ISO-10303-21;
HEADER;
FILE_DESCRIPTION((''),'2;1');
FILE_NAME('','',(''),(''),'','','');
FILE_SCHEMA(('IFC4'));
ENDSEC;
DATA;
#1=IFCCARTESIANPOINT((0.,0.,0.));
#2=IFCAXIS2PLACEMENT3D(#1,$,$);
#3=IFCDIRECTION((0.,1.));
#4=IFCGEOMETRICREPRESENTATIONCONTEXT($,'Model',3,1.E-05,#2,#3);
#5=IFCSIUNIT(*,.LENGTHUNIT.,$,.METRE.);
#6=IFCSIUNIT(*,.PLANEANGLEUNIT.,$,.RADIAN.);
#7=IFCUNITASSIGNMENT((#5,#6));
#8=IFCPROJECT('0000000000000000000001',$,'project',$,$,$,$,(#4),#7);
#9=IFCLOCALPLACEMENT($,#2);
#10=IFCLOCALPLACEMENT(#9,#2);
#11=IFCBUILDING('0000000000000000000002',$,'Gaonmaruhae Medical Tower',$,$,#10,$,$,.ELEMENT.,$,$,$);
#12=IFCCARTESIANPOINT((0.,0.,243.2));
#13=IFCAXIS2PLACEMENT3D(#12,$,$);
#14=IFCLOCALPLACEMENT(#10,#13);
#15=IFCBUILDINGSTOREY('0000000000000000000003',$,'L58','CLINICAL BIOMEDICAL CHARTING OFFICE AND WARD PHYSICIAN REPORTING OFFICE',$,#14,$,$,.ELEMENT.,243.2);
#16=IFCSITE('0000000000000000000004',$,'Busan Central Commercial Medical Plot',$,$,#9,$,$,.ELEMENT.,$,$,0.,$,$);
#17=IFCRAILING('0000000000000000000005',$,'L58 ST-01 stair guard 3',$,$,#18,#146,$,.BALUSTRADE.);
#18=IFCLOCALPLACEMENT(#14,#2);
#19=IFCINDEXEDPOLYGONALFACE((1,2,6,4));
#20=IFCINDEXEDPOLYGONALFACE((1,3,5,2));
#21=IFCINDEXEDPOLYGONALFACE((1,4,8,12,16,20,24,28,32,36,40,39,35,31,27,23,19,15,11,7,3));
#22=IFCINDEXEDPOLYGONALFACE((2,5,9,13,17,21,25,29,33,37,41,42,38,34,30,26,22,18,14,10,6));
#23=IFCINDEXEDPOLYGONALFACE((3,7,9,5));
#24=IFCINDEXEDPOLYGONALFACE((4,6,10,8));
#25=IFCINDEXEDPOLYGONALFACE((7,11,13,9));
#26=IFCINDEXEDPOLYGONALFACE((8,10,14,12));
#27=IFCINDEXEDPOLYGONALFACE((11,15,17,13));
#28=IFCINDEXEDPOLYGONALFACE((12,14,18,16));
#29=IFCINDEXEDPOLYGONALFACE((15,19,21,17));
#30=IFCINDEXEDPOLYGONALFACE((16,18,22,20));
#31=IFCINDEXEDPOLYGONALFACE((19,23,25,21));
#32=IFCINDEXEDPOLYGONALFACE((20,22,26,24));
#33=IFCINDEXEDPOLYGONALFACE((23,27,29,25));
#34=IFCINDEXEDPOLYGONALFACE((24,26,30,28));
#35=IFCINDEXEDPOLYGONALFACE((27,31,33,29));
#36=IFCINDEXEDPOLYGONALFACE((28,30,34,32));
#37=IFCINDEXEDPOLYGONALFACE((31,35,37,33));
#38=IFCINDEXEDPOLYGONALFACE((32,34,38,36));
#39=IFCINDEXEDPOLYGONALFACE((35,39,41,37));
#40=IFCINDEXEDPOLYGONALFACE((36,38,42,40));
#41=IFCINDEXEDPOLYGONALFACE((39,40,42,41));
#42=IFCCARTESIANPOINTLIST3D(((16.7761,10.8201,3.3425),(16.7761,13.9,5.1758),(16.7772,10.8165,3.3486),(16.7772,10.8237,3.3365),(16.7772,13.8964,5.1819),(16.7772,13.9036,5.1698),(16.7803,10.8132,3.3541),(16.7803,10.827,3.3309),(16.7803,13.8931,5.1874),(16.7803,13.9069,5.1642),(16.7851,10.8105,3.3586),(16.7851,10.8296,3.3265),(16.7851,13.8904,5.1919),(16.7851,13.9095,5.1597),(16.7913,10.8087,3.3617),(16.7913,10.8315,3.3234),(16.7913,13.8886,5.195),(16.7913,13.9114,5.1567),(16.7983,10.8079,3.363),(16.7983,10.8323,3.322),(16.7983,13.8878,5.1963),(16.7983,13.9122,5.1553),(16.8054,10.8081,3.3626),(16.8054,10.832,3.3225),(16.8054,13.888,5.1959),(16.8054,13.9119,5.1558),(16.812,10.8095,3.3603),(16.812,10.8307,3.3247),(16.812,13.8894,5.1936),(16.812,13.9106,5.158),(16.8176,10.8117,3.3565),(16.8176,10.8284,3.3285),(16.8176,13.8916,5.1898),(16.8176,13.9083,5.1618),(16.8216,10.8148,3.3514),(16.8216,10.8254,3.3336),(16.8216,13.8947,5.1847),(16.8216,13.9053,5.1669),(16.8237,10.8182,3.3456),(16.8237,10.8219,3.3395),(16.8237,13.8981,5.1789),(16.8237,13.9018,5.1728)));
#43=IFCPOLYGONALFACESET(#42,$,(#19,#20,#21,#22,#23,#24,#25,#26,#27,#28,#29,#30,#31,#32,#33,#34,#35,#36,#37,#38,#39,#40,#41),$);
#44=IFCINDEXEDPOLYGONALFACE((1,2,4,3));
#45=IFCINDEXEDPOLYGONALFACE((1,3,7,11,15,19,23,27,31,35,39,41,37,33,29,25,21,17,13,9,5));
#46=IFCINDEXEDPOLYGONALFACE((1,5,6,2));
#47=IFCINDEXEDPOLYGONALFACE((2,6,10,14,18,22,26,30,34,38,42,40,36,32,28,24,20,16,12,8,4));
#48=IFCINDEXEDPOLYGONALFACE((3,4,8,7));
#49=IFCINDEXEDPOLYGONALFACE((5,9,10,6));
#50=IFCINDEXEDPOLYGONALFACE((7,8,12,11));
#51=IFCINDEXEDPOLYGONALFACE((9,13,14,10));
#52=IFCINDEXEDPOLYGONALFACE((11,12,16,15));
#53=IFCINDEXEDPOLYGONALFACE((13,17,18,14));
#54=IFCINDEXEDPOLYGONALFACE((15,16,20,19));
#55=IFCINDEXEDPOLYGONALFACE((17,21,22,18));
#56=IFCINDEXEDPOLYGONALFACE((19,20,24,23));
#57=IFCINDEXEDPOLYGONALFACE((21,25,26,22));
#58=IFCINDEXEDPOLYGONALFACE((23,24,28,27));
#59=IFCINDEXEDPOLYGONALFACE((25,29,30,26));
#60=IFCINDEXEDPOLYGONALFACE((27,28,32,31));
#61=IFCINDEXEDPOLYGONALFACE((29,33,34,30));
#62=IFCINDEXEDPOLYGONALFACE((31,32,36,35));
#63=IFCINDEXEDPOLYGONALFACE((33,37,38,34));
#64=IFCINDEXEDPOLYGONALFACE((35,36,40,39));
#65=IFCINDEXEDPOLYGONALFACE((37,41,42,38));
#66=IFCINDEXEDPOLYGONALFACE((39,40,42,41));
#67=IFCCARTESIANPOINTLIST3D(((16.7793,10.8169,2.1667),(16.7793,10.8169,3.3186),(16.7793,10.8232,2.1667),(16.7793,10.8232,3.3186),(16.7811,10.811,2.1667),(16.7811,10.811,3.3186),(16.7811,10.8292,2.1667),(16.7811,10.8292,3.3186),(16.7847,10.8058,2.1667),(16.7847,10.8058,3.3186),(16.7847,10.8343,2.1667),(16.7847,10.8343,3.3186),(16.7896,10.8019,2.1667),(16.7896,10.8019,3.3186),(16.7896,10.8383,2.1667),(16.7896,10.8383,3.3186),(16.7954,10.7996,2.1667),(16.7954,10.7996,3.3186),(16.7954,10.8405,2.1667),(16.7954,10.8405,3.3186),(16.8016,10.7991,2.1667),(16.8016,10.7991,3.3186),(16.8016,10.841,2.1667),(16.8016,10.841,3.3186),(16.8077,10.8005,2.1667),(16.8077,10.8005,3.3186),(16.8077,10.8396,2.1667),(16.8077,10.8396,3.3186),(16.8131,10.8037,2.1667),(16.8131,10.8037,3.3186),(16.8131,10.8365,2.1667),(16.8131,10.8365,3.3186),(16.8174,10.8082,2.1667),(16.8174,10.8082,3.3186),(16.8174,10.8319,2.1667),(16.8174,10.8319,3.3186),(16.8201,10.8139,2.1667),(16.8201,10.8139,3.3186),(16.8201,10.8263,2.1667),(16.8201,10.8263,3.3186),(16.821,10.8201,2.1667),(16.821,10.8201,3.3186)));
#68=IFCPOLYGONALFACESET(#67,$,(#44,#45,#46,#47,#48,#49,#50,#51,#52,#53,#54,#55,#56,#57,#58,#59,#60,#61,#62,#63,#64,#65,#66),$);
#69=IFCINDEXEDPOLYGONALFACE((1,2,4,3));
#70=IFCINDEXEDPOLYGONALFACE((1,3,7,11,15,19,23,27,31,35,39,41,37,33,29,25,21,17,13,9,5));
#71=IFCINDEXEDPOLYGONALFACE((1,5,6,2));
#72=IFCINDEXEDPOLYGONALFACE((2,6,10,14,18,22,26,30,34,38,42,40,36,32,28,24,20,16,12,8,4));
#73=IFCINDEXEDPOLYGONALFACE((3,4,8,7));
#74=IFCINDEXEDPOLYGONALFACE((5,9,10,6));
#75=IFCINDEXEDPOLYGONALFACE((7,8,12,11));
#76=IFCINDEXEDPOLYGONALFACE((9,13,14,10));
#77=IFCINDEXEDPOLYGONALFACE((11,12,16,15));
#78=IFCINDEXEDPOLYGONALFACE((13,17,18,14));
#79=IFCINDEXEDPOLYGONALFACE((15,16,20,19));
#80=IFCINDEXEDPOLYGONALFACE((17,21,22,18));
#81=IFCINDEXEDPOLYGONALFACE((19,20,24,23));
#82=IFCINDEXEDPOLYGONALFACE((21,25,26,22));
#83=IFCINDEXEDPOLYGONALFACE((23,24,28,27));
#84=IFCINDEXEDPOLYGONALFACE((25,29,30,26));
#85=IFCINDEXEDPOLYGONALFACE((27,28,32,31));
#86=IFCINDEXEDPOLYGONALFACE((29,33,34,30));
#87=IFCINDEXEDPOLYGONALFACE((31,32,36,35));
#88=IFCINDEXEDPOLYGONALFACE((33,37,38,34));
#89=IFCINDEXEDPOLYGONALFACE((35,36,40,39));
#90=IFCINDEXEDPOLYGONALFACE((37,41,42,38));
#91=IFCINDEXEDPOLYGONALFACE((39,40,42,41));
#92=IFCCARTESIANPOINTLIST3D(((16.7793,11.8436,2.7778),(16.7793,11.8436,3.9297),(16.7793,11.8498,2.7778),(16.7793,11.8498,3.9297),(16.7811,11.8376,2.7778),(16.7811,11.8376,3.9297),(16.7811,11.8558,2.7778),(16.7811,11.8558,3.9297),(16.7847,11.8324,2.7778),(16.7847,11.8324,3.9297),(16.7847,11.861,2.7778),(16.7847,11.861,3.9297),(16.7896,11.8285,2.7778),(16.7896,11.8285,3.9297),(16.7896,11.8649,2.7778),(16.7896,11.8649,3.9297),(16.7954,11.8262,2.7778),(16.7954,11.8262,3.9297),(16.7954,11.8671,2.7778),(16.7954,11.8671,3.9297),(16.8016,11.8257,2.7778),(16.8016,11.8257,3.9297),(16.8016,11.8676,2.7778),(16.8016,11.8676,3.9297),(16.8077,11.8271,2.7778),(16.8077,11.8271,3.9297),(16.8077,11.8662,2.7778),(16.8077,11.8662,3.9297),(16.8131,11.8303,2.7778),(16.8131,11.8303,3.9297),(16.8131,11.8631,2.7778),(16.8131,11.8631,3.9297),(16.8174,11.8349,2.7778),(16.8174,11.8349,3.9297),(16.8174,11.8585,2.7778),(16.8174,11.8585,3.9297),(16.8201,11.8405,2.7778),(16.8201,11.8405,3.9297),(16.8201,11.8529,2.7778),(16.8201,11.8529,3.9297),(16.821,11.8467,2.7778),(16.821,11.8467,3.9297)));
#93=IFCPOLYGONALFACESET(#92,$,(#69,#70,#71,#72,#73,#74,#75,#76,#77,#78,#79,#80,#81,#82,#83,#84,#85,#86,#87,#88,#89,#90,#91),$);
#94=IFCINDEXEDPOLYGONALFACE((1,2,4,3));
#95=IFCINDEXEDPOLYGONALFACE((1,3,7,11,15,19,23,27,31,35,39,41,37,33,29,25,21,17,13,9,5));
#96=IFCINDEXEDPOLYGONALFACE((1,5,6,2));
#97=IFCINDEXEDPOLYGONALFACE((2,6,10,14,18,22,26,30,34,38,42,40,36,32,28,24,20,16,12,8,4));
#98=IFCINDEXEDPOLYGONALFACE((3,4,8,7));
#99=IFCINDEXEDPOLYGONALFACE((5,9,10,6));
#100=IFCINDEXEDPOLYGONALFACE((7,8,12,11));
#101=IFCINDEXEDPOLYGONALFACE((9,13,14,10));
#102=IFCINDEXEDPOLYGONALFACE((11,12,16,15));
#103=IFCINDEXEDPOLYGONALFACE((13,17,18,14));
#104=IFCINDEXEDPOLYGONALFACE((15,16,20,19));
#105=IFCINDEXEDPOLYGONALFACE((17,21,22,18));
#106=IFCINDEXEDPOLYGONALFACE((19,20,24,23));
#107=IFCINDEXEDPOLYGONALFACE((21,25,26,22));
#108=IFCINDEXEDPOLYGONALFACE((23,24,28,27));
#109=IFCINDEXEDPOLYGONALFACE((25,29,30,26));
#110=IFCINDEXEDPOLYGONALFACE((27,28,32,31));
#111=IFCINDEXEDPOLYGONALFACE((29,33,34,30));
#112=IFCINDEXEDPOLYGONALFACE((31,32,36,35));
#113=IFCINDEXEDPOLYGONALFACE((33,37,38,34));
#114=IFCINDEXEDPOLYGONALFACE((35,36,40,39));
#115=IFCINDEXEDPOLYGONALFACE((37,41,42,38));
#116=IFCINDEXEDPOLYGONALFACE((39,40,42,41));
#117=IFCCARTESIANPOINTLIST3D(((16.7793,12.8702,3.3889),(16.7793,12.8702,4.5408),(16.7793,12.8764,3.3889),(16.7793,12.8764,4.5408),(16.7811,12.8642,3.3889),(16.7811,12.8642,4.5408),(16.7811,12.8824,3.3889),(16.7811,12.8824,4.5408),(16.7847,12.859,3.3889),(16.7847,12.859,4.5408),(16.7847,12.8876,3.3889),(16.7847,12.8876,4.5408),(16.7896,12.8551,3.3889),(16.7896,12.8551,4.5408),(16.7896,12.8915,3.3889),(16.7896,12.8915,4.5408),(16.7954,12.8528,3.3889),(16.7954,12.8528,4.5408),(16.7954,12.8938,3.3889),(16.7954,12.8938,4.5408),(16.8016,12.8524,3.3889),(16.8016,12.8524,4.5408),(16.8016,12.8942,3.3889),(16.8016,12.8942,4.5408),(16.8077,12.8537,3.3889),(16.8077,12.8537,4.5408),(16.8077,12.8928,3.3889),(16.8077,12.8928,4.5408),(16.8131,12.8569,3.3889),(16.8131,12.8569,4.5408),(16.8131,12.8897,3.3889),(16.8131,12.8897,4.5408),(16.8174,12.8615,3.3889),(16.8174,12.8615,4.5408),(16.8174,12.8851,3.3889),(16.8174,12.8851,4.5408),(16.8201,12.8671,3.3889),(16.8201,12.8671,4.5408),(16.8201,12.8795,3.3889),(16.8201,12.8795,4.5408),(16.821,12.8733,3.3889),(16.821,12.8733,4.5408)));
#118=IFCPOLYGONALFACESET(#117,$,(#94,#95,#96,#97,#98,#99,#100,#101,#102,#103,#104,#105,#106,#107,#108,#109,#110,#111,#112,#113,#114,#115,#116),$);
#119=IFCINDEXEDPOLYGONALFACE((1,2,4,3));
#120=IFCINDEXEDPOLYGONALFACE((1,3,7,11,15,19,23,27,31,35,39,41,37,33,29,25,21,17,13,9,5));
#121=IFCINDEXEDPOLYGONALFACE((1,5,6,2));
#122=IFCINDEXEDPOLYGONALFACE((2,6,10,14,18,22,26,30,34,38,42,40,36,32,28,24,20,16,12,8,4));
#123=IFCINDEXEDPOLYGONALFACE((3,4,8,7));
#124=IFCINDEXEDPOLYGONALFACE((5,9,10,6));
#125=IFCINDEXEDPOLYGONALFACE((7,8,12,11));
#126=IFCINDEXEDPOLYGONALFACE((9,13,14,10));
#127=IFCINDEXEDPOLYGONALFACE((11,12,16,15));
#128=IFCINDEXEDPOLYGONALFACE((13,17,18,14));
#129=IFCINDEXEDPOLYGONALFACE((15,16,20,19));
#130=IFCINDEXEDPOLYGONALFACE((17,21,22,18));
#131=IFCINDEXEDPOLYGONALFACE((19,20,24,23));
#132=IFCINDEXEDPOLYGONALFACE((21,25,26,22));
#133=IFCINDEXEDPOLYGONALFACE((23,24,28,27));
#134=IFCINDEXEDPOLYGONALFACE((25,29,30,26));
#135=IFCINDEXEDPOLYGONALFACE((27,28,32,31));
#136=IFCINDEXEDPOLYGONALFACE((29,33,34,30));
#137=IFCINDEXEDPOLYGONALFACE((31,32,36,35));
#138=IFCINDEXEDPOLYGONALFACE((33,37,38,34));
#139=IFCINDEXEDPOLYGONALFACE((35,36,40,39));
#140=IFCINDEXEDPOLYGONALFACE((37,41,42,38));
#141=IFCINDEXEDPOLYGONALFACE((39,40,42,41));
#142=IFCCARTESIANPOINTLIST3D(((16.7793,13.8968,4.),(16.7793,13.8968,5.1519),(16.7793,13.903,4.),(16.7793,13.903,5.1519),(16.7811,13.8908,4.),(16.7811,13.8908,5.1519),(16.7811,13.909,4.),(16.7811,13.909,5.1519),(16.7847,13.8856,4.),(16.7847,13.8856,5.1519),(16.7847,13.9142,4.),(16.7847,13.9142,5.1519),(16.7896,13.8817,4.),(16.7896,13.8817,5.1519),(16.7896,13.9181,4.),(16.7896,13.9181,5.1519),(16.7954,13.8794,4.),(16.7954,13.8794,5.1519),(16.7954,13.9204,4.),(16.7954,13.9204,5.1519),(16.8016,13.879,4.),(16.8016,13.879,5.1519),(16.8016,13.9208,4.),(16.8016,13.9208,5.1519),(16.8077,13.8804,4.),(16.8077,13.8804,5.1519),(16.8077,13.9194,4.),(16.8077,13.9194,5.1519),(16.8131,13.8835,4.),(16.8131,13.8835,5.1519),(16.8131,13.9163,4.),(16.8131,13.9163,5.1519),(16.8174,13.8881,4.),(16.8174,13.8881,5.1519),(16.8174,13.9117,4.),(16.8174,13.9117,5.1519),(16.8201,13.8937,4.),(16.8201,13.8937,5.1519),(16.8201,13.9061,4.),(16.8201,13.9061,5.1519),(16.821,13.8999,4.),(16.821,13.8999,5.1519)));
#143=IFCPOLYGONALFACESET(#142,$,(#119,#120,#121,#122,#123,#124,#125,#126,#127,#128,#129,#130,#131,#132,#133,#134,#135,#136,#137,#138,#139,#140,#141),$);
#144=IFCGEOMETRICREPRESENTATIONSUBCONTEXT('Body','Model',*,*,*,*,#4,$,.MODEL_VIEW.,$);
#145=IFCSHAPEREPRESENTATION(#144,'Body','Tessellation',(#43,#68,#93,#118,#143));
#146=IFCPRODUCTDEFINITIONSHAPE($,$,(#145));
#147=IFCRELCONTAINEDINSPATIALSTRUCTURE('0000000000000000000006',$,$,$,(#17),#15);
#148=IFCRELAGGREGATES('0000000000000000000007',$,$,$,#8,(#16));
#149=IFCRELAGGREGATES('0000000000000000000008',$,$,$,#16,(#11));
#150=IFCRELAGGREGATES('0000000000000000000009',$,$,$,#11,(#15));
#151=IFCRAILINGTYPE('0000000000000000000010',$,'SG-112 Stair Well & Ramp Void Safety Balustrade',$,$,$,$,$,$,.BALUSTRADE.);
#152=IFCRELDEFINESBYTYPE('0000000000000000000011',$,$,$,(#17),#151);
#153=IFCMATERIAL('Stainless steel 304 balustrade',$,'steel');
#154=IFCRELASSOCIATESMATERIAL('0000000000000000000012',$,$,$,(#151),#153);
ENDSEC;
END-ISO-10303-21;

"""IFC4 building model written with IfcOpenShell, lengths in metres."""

from ifc_helpers import new_model, si_unit, direction, frame, origin, origin_2d, place, context, subcontext, project, spatial, circle, extrude, material, type_object, element, save


model = new_model("IFC4")

# Units and contexts
model_context = context("Model", 3, precision=1e-05, world=origin(), true_north=direction((0.0, 1.0)))
body_context = subcontext(model_context, "Body", "Model", "MODEL_VIEW")
ifc_project = project(units=[si_unit("LENGTHUNIT", "METRE"), si_unit("PLANEANGLEUNIT", "RADIAN")], contexts=[model_context])

# Site, building, storey
site_placement = place(None, origin())
site = spatial("IfcSite", under=ifc_project, at=site_placement, Name="Busan Central Commercial Medical Plot", CompositionType="ELEMENT", RefElevation=0.0)
building_placement = place(site_placement, origin())
building = spatial("IfcBuilding", under=site, at=building_placement, Name="Gaonmaruhae Medical Tower", CompositionType="ELEMENT")
storey_placement = place(building_placement, frame((0.0, 0.0, 243.2)))
storey = spatial("IfcBuildingStorey", under=building, at=storey_placement, Name="L58", Description="CLINICAL BIOMEDICAL CHARTING OFFICE AND WARD PHYSICIAN REPORTING OFFICE", CompositionType="ELEMENT", Elevation=243.2)

# Railing
ifc_material_1 = material(Name="Stainless steel 304 balustrade", Category="steel")
railing_type_1 = type_object("IfcRailingType", Name="SG-112 Stair Well & Ramp Void Safety Balustrade", PredefinedType="BALUSTRADE", material=ifc_material_1)
railing_1_placement = place(storey_placement, frame((16.8, 10.8201, 2.1667)))
element("IfcRailing", 1, at=railing_1_placement, inside=storey, type_object=railing_type_1, Name="L58 ST-01 stair guard 3", PredefinedType="BALUSTRADE", context=body_context, shape_type="SweptSolid", body=[
    extrude(circle(Radius=0.0239, at=origin_2d()), frame((0.0, 0.0, 1.1758), z_axis=(0.0, 0.859291, 0.511487), x_axis=(-1.0, 0.0, 0.0)), (0.0, 0.0, 1.0), 3.5842),
    extrude(circle(Radius=0.021, at=origin_2d()), origin(), (0.0, 0.0, 1.0), 1.1519),
    extrude(circle(Radius=0.021, at=origin_2d()), frame((0.0, 1.0266, 0.6111)), (0.0, 0.0, 1.0), 1.1519),
    extrude(circle(Radius=0.021, at=origin_2d()), frame((0.0, 2.0532, 1.2222)), (0.0, 0.0, 1.0), 1.1519),
    extrude(circle(Radius=0.021, at=origin_2d()), frame((0.0, 3.0798, 1.8333)), (0.0, 0.0, 1.0), 1.1519),
])

save(model, "model.ifc")
